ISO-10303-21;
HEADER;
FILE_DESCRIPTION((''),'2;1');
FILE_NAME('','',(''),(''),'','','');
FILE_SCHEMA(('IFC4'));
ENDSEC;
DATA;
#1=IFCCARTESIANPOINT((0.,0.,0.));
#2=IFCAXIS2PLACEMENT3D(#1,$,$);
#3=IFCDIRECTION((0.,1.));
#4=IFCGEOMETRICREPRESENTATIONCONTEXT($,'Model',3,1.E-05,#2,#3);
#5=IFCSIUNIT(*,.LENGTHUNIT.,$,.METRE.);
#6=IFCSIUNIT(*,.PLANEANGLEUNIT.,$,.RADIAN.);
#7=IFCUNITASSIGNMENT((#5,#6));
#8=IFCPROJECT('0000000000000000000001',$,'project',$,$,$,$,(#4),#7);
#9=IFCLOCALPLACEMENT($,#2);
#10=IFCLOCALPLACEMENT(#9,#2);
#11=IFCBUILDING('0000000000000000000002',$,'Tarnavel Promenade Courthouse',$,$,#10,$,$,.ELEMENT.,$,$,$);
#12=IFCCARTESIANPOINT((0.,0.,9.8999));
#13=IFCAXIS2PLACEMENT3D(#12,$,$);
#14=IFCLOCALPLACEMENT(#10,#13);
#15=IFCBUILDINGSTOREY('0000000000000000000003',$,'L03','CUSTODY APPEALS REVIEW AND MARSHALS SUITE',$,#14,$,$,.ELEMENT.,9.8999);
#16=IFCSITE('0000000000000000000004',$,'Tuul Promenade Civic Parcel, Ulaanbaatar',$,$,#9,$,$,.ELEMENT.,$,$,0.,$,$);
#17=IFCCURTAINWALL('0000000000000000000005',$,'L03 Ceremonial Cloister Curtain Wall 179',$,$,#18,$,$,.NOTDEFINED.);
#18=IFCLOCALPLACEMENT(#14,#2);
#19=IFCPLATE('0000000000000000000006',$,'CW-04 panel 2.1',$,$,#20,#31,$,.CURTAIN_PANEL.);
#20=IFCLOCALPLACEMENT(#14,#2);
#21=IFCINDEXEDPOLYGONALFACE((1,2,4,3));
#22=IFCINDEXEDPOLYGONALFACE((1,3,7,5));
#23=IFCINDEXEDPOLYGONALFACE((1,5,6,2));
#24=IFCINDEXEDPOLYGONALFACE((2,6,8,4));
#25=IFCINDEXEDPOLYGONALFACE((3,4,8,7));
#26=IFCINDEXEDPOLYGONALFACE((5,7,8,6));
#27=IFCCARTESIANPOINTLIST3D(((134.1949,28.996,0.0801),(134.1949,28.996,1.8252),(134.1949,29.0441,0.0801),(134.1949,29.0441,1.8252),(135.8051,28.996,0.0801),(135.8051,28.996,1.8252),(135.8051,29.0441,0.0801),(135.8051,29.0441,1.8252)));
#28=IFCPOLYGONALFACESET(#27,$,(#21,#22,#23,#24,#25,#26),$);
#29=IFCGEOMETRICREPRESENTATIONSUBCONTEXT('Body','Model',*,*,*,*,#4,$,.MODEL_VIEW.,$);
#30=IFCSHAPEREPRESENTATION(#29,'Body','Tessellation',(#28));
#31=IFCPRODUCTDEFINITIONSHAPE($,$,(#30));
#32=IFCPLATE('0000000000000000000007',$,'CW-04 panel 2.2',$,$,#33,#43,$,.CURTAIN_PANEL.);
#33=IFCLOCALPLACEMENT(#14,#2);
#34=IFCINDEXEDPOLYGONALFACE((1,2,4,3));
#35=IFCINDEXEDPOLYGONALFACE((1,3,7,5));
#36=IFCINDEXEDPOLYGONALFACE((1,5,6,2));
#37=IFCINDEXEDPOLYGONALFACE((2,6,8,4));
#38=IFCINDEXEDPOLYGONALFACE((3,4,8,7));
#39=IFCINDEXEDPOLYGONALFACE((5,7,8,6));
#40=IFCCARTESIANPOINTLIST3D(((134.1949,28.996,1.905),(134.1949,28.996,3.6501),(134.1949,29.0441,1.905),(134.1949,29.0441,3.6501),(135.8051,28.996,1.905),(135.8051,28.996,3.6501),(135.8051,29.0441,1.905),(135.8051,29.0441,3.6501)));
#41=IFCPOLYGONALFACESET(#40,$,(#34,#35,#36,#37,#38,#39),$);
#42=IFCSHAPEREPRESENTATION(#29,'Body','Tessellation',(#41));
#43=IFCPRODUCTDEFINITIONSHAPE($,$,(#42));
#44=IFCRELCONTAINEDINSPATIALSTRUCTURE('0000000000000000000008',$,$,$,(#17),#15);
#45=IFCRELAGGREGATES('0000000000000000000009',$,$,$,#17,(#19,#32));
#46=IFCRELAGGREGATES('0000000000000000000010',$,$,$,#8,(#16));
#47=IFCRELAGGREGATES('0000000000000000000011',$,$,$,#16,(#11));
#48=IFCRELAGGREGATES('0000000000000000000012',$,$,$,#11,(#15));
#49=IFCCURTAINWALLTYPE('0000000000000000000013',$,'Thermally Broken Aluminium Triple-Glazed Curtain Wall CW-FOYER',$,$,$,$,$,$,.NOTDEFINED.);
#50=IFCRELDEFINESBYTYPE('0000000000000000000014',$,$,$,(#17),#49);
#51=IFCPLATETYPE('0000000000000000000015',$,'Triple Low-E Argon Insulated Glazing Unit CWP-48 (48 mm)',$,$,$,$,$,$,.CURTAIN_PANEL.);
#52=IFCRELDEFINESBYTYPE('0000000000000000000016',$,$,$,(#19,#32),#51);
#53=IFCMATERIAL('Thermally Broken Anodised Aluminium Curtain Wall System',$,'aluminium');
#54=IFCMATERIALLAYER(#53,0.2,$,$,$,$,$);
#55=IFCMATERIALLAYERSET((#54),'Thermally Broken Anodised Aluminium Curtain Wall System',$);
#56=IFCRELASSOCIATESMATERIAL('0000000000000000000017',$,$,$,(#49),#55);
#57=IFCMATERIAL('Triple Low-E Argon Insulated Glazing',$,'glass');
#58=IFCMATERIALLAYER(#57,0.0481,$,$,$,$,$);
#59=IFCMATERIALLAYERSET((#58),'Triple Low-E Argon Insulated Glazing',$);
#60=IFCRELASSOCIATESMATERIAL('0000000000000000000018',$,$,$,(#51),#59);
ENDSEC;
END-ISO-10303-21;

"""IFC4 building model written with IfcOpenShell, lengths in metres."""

from ifc_helpers import new_model, si_unit, direction, frame, origin, origin_2d, place, context, subcontext, project, spatial, rectangle, extrude, material, layer, layer_set, type_object, element, aggregate, save


model = new_model("IFC4")

# Units and contexts
model_context = context("Model", 3, precision=1e-05, world=origin(), true_north=direction((0.0, 1.0)))
body_context = subcontext(model_context, "Body", "Model", "MODEL_VIEW")
ifc_project = project(units=[si_unit("LENGTHUNIT", "METRE"), si_unit("PLANEANGLEUNIT", "RADIAN")], contexts=[model_context])

# Site, building, storey
site_placement = place(None, origin())
site = spatial("IfcSite", under=ifc_project, at=site_placement, Name="Tuul Promenade Civic Parcel, Ulaanbaatar", CompositionType="ELEMENT", RefElevation=0.0)
building_placement = place(site_placement, origin())
building = spatial("IfcBuilding", under=site, at=building_placement, Name="Tarnavel Promenade Courthouse", CompositionType="ELEMENT")
storey_placement = place(building_placement, frame((0.0, 0.0, 9.8999)))
storey = spatial("IfcBuildingStorey", under=building, at=storey_placement, Name="L03", Description="CUSTODY APPEALS REVIEW AND MARSHALS SUITE", CompositionType="ELEMENT", Elevation=9.8999)

# Shared definitions
ifc_material_1 = material(Name="Thermally Broken Anodised Aluminium Curtain Wall System", Category="aluminium")
ifc_layer_1 = layer(ifc_material_1, 0.2)
ifc_layer_set_1 = layer_set([ifc_layer_1], Name="Thermally Broken Anodised Aluminium Curtain Wall System")
curtain_wall_type = type_object("IfcCurtainWallType", Name="Thermally Broken Aluminium Triple-Glazed Curtain Wall CW-FOYER", PredefinedType="NOTDEFINED", material=ifc_layer_set_1)

# Curtain wall
curtain_wall_1_placement = place(storey_placement, origin())
curtain_wall_1 = element("IfcCurtainWall", 1, at=curtain_wall_1_placement, inside=storey, type_object=curtain_wall_type, Name="L03 Ceremonial Cloister Curtain Wall 179", PredefinedType="NOTDEFINED")

# Plates
ifc_material_2 = material(Name="Triple Low-E Argon Insulated Glazing", Category="glass")
ifc_layer_2 = layer(ifc_material_2, 0.0481)
ifc_layer_set_2 = layer_set([ifc_layer_2], Name="Triple Low-E Argon Insulated Glazing")
plate_type = type_object("IfcPlateType", Name="Triple Low-E Argon Insulated Glazing Unit CWP-48 (48 mm)", PredefinedType="CURTAIN_PANEL", material=ifc_layer_set_2)
plate_1_placement = place(storey_placement, frame((135.0, 29.02, 0.0801), z_axis=(0.0, 0.0, 1.0), x_axis=(1.0, 0.0, 0.0)))
plate_1 = element("IfcPlate", 2, at=plate_1_placement, type_object=plate_type, Name="CW-04 panel 2.1", PredefinedType="CURTAIN_PANEL", context=body_context, shape_type="SweptSolid", body=[
    extrude(rectangle(XDim=1.6101, YDim=0.0481, at=origin_2d()), origin(), (0.0, 0.0, 1.0), 1.7451),
])
plate_2_placement = place(storey_placement, frame((135.0, 29.02, 1.905), z_axis=(0.0, 0.0, 1.0), x_axis=(1.0, 0.0, 0.0)))
plate_2 = element("IfcPlate", 3, at=plate_2_placement, type_object=plate_type, Name="CW-04 panel 2.2", PredefinedType="CURTAIN_PANEL", context=body_context, shape_type="SweptSolid", body=[
    extrude(rectangle(XDim=1.6101, YDim=0.0481, at=origin_2d()), origin(), (0.0, 0.0, 1.0), 1.7451),
])
aggregate(curtain_wall_1, [plate_1, plate_2])

save(model, "model.ifc")
